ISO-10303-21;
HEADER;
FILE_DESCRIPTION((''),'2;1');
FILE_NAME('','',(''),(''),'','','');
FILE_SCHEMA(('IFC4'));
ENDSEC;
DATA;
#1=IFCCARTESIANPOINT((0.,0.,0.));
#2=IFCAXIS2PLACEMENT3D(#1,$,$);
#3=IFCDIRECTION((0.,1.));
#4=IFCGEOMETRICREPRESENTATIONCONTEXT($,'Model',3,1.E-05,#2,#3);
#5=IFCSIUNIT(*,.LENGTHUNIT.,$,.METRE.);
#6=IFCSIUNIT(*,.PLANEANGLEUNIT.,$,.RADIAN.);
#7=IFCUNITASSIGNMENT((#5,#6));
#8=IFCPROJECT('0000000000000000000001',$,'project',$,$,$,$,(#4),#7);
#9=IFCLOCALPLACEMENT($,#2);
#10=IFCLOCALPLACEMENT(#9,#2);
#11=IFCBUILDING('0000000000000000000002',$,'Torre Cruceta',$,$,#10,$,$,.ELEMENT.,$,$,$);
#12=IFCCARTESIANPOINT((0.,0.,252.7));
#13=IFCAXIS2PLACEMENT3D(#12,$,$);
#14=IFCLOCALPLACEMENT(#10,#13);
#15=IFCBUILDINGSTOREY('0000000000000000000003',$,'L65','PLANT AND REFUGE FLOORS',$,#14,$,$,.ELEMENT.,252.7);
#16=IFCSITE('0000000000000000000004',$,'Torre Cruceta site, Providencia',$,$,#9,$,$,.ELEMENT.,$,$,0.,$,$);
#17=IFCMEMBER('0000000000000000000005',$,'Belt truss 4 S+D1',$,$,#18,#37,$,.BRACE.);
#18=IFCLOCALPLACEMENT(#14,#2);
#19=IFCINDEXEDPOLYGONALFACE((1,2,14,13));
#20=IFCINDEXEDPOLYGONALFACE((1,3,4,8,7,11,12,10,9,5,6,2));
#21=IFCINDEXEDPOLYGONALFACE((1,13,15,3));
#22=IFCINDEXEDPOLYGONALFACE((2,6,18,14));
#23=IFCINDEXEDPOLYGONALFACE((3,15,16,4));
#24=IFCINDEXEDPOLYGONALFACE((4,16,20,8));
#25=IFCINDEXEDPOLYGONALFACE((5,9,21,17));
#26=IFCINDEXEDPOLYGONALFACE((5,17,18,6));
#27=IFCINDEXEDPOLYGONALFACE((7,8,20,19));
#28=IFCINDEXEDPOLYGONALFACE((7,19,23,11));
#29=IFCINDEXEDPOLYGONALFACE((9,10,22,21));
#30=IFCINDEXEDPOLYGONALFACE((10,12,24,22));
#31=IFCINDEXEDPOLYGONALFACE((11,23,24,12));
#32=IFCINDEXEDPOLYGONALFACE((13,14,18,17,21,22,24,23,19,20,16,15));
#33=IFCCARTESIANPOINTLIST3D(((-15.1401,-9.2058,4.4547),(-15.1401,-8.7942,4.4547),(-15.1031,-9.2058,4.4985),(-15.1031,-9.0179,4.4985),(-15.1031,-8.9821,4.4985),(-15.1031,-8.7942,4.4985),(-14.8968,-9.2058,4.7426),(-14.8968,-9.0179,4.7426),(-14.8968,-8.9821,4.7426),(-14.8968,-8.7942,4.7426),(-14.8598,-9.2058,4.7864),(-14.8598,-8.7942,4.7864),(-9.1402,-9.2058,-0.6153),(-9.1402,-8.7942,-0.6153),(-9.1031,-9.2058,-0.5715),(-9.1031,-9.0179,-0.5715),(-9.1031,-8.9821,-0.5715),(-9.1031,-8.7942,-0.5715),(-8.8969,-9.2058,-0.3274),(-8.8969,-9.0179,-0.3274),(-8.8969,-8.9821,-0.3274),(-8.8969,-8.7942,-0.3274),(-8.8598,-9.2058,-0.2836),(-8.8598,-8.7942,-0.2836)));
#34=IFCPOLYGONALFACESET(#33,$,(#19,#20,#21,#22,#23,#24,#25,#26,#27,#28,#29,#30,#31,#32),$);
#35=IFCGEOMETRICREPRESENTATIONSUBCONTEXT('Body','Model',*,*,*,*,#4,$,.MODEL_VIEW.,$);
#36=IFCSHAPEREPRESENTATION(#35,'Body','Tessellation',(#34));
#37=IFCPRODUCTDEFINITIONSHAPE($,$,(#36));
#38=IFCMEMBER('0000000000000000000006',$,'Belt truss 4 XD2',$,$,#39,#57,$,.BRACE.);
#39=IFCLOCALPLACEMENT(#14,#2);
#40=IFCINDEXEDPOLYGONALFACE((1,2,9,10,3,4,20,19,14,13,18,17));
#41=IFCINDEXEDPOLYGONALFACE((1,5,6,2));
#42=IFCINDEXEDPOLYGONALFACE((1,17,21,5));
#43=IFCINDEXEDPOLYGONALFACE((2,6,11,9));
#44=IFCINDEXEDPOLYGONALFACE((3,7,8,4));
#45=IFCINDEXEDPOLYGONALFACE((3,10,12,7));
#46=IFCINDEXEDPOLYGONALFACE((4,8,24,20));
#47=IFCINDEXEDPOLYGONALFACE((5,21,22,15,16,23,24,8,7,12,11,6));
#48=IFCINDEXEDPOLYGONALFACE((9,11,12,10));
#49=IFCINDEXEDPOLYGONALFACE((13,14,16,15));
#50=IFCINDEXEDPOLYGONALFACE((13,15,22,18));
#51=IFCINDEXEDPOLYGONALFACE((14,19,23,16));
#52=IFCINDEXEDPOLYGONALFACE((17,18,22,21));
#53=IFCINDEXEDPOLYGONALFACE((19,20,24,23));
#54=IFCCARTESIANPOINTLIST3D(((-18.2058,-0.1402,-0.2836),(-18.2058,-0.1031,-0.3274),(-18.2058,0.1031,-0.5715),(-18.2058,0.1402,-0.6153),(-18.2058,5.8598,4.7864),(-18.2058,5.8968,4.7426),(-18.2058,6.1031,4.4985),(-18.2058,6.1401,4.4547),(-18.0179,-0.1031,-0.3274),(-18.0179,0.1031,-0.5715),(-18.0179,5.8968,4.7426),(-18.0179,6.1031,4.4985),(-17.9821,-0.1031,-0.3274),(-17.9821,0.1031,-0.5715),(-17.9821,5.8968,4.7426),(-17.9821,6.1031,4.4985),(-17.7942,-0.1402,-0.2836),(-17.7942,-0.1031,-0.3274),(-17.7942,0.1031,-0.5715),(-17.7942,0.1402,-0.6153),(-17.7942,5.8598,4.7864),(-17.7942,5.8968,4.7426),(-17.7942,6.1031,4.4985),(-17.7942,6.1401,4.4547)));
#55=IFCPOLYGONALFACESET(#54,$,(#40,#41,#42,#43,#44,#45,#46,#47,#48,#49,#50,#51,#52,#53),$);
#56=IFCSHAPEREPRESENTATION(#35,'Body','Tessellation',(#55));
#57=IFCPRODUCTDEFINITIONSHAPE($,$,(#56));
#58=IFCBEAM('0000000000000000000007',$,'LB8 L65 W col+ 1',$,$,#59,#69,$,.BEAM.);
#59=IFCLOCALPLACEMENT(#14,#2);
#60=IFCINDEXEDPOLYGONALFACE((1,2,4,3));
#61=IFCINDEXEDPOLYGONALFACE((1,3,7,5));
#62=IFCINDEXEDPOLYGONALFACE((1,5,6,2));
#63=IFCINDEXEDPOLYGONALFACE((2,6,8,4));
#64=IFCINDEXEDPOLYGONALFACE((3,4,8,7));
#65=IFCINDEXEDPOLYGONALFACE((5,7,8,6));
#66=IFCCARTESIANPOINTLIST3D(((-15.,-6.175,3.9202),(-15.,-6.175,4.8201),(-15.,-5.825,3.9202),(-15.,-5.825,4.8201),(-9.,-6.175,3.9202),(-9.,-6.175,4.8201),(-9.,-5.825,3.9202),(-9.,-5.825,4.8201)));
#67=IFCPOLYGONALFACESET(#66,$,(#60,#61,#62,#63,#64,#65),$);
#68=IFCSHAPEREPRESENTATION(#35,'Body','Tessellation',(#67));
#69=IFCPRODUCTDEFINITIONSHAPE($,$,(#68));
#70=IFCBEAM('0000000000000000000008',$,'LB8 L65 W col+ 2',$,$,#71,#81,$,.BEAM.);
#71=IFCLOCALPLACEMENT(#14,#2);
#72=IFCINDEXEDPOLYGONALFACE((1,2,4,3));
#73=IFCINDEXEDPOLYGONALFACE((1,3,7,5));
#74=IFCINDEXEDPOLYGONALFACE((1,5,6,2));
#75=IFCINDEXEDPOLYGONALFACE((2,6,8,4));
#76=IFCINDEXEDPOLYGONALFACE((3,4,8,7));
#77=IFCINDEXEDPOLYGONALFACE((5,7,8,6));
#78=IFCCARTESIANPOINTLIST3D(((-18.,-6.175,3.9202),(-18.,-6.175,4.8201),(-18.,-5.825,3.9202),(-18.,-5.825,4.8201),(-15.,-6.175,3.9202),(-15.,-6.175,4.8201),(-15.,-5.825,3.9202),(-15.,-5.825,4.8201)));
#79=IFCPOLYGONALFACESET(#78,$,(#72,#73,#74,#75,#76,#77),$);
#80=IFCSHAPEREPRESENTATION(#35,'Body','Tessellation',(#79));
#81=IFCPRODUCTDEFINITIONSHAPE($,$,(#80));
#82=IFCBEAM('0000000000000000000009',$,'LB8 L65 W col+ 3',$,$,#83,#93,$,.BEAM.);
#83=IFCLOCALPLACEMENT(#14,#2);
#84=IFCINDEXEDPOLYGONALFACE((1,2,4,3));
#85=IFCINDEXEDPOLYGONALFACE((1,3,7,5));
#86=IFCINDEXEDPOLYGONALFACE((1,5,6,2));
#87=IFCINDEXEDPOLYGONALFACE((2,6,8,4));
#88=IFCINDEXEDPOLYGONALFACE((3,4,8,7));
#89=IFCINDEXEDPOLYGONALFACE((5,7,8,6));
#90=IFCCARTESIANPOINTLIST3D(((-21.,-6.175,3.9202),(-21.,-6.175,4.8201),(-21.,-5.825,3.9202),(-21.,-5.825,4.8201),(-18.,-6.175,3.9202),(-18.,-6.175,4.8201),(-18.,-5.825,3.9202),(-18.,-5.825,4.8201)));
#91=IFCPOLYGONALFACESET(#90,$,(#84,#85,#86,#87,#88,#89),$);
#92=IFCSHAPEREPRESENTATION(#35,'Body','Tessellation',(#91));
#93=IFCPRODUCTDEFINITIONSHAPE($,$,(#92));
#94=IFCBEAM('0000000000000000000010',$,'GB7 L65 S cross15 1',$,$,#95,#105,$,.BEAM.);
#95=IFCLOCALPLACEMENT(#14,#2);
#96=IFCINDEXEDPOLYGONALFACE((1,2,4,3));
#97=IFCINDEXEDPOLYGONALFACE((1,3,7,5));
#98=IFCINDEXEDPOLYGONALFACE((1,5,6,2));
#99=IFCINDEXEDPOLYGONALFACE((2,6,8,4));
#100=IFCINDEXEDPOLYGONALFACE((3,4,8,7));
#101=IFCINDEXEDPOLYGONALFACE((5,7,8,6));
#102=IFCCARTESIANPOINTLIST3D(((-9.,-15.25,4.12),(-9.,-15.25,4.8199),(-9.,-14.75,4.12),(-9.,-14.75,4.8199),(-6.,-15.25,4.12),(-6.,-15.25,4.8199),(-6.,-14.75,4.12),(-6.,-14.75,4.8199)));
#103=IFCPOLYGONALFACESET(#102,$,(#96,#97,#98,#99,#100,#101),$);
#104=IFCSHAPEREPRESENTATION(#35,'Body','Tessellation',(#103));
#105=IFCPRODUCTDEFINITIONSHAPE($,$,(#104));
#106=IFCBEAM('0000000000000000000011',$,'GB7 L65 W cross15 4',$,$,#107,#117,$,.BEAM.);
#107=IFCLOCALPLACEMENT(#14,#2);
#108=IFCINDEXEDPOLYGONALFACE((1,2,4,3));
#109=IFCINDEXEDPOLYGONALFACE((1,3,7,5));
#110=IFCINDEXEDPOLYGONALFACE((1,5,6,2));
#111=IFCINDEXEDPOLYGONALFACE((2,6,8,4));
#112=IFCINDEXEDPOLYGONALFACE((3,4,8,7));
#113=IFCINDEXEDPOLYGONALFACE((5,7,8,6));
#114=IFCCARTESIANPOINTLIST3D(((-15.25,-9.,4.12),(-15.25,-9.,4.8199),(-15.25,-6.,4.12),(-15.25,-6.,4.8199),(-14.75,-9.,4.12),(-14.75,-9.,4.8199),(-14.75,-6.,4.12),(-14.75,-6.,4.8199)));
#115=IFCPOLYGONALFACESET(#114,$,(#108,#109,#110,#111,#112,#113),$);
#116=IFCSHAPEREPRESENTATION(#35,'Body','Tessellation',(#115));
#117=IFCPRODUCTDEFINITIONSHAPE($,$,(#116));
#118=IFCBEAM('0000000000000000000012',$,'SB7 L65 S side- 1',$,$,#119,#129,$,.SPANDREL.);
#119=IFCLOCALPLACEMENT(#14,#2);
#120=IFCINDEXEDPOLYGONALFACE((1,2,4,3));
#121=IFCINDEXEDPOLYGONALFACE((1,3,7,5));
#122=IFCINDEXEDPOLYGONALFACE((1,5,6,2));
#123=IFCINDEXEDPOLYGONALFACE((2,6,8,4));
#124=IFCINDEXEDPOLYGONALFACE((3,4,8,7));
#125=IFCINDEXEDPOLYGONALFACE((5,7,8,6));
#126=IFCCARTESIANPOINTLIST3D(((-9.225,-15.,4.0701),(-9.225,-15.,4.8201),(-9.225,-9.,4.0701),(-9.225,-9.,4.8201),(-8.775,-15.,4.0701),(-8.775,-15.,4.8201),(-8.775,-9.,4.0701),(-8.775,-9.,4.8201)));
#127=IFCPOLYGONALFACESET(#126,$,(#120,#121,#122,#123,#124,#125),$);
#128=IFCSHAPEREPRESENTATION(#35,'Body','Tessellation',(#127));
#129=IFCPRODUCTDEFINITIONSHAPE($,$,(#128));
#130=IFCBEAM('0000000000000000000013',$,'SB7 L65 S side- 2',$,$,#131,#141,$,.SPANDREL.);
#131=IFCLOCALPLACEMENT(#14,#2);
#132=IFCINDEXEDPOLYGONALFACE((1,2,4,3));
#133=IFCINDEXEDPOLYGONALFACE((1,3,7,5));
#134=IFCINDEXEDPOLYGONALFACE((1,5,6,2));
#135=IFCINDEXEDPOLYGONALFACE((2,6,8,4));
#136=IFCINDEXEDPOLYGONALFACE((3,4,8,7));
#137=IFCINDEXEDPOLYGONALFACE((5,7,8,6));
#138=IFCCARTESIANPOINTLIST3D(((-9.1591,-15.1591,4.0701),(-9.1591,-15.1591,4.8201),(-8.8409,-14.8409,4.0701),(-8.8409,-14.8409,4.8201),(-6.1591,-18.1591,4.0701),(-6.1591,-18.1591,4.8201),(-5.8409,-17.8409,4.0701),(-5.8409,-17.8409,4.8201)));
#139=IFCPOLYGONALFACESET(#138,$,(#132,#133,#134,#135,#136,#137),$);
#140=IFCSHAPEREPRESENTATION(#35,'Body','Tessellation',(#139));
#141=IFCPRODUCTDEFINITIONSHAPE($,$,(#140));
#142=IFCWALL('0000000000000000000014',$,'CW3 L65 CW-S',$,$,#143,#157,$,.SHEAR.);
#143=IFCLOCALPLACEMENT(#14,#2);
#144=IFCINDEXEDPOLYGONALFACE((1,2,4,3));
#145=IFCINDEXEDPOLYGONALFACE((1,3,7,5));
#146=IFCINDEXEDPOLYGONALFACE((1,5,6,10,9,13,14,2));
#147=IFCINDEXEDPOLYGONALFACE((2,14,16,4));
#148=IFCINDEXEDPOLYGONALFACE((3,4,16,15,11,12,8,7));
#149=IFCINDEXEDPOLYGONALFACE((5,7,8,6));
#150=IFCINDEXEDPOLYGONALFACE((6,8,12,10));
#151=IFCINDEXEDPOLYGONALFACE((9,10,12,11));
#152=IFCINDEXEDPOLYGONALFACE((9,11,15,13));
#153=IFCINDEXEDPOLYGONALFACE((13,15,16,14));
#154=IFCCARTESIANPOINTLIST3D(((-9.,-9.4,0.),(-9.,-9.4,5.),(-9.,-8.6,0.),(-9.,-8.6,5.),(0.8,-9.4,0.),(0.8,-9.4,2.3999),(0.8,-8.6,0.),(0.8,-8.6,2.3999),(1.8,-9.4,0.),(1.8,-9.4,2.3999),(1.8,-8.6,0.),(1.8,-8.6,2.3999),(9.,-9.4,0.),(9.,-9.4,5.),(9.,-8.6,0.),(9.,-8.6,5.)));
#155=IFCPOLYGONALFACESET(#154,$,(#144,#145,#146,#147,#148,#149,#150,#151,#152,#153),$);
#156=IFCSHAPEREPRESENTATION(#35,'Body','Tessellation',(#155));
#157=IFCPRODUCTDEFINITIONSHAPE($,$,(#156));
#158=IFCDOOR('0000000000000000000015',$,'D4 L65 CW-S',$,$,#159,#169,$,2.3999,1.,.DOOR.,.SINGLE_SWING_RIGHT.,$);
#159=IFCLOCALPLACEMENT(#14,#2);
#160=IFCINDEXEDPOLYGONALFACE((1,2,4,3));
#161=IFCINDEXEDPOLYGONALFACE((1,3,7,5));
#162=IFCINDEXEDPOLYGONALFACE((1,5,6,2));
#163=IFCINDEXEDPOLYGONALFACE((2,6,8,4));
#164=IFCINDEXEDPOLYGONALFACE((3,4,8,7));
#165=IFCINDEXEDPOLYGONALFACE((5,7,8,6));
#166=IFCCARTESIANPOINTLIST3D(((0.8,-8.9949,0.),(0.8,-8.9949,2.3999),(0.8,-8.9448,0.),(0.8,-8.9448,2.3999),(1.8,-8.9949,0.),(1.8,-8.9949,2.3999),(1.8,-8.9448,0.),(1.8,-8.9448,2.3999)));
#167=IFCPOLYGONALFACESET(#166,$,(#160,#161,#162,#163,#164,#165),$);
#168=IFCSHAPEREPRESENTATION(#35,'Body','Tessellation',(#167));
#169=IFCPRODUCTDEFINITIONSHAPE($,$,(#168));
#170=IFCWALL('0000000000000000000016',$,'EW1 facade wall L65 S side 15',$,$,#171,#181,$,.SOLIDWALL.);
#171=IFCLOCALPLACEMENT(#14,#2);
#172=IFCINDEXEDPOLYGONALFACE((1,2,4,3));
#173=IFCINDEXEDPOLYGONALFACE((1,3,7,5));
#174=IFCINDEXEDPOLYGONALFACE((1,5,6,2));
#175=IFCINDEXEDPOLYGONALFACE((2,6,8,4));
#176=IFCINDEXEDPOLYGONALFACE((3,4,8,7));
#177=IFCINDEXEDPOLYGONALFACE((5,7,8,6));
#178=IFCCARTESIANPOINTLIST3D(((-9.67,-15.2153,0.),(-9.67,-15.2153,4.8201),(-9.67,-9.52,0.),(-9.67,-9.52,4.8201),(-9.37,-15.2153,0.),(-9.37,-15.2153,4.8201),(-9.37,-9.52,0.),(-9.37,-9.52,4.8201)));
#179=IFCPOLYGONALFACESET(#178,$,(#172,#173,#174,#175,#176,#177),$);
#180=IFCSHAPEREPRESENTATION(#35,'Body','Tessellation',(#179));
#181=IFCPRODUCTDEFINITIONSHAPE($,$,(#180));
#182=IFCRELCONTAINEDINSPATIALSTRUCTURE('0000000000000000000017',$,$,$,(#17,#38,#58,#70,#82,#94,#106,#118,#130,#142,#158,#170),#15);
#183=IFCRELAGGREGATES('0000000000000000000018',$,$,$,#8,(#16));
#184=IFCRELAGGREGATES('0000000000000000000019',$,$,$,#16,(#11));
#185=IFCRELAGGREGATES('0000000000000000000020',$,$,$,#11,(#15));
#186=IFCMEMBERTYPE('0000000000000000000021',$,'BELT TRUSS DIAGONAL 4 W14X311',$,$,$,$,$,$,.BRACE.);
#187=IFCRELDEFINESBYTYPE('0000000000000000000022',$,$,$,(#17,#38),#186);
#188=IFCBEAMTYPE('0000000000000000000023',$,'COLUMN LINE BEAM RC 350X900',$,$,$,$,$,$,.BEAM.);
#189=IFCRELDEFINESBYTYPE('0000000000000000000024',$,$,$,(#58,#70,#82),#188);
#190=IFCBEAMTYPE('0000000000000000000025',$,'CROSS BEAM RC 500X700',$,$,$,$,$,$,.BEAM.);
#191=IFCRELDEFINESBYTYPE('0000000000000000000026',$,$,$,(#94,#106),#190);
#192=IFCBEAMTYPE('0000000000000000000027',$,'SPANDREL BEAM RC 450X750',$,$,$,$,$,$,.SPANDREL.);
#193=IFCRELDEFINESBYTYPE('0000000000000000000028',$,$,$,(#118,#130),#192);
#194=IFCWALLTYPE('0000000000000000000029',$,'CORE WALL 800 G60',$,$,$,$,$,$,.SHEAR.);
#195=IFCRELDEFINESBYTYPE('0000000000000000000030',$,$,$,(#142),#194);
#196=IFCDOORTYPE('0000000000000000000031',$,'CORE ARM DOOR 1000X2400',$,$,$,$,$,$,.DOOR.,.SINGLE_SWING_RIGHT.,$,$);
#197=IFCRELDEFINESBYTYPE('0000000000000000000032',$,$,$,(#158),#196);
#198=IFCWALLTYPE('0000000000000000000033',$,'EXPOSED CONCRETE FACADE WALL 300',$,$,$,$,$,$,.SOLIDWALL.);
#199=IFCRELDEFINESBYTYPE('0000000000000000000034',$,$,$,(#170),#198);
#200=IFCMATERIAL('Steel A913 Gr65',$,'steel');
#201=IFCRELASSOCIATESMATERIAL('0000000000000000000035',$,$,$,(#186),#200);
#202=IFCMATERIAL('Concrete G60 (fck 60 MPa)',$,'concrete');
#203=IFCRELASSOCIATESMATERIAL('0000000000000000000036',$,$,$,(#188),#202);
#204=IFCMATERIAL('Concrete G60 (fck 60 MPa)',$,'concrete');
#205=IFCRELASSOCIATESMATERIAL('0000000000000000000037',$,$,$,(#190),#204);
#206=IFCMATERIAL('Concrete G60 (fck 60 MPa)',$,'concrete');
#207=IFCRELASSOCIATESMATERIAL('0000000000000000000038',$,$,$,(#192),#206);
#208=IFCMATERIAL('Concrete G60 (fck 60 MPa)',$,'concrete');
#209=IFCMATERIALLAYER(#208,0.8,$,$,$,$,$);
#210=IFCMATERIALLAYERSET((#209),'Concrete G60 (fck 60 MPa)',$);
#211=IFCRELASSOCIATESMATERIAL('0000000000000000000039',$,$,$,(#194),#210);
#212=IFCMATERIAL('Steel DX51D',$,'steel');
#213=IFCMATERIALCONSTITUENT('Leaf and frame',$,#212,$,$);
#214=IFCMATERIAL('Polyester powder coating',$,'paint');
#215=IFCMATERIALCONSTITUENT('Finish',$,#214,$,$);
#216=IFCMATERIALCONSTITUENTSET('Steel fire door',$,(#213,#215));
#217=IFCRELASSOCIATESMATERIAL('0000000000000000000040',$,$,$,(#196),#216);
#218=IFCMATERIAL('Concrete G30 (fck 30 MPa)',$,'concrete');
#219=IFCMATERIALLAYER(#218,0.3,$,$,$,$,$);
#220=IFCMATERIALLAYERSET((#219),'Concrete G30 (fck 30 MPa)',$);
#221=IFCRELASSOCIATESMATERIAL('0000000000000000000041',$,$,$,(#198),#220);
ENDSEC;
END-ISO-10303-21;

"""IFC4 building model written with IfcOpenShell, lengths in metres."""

from ifc_helpers import new_model, si_unit, direction, frame, frame_2d, origin, origin_2d, place, context, subcontext, project, spatial, rectangle, i_section, extrude, material, layer, layer_set, constituent, constituent_set, material_profile, profile_set, type_object, element, fill, save


model = new_model("IFC4")

# Units and contexts
model_context = context("Model", 3, precision=1e-05, world=origin(), true_north=direction((0.0, 1.0)))
body_context = subcontext(model_context, "Body", "Model", "MODEL_VIEW")
ifc_project = project(units=[si_unit("LENGTHUNIT", "METRE"), si_unit("PLANEANGLEUNIT", "RADIAN")], contexts=[model_context])

# Site, building, storey
site_placement = place(None, origin())
site = spatial("IfcSite", under=ifc_project, at=site_placement, Name="Torre Cruceta site, Providencia", CompositionType="ELEMENT", RefElevation=0.0)
building_placement = place(site_placement, origin())
building = spatial("IfcBuilding", under=site, at=building_placement, Name="Torre Cruceta", CompositionType="ELEMENT")
storey_placement = place(building_placement, frame((0.0, 0.0, 252.7)))
storey = spatial("IfcBuildingStorey", under=building, at=storey_placement, Name="L65", Description="PLANT AND REFUGE FLOORS", CompositionType="ELEMENT", Elevation=252.7)

# Members
ifc_material_1 = material(Name="Steel A913 Gr65", Category="steel")
ifc_material_profile_1 = material_profile(ifc_material_1, i_section(OverallWidth=0.4116, OverallDepth=0.4343, WebThickness=0.0359, FlangeThickness=0.0574, at=origin_2d()), Name="W14X311")
ifc_profile_set_1 = profile_set([ifc_material_profile_1], Name="Steel A913 Gr65")
member_type_1 = type_object("IfcMemberType", Name="BELT TRUSS DIAGONAL 4 W14X311", PredefinedType="BRACE", material=ifc_profile_set_1)
for number, where, z_axis, x_axis, name in (
    (1, (-9.0, -9.0, -0.4495), (-0.763816, 0.0, 0.645434), (0.0, -1.0, 0.0), "Belt truss 4 S+D1"),
    (2, (-18.0, 0.0, -0.4495), (0.0, 0.763816, 0.645434), (-1.0, 0.0, 0.0), "Belt truss 4 XD2"),
):
    element("IfcMember", number, at=place(storey_placement, frame(where, z_axis=z_axis, x_axis=x_axis)), inside=storey, type_object=member_type_1, Name=name, PredefinedType="BRACE", context=body_context, shape_type="SweptSolid", body=[
        extrude(i_section(OverallWidth=0.4116, OverallDepth=0.4343, WebThickness=0.0359, FlangeThickness=0.0574, at=origin_2d()), origin(), (0.0, 0.0, 1.0), 7.8552),
    ])

# Beams
ifc_material_2 = material(Name="Concrete G60 (fck 60 MPa)", Category="concrete")
ifc_material_profile_2 = material_profile(ifc_material_2, rectangle(XDim=0.3501, YDim=0.8999, at=origin_2d()), Name="RC 350X900")
ifc_profile_set_2 = profile_set([ifc_material_profile_2], Name="Concrete G60 (fck 60 MPa)")
beam_type_1 = type_object("IfcBeamType", Name="COLUMN LINE BEAM RC 350X900", PredefinedType="BEAM", material=ifc_profile_set_2)
beam_1_placement = place(storey_placement, frame((-9.0, -6.0, 4.3701), z_axis=(-1.0, 0.0, 0.0), x_axis=(0.0, -1.0, 0.0)))
element("IfcBeam", 3, at=beam_1_placement, inside=storey, type_object=beam_type_1, Name="LB8 L65 W col+ 1", PredefinedType="BEAM", context=body_context, shape_type="SweptSolid", body=[
    extrude(rectangle(XDim=0.3501, YDim=0.8999, at=origin_2d()), origin(), (0.0, 0.0, 1.0), 6.0),
])
for number, where, z_axis, x_axis, name in (
    (4, (-15.0, -6.0, 4.3701), (-1.0, 0.0, 0.0), (0.0, -1.0, 0.0), "LB8 L65 W col+ 2"),
    (5, (-18.0, -6.0, 4.3701), (-1.0, 0.0, 0.0), (0.0, -1.0, 0.0), "LB8 L65 W col+ 3"),
):
    element("IfcBeam", number, at=place(storey_placement, frame(where, z_axis=z_axis, x_axis=x_axis)), inside=storey, type_object=beam_type_1, Name=name, PredefinedType="BEAM", context=body_context, shape_type="SweptSolid", body=[
        extrude(rectangle(XDim=0.3501, YDim=0.8999, at=origin_2d()), origin(), (0.0, 0.0, 1.0), 3.0),
    ])
ifc_material_3 = material(Name="Concrete G60 (fck 60 MPa)", Category="concrete")
ifc_material_profile_3 = material_profile(ifc_material_3, rectangle(XDim=0.5, YDim=0.7, at=origin_2d()), Name="RC 500X700")
ifc_profile_set_3 = profile_set([ifc_material_profile_3], Name="Concrete G60 (fck 60 MPa)")
beam_type_2 = type_object("IfcBeamType", Name="CROSS BEAM RC 500X700", PredefinedType="BEAM", material=ifc_profile_set_3)
for number, where, z_axis, x_axis, name in (
    (6, (-9.0, -15.0, 4.47), (1.0, 0.0, 0.0), (0.0, 1.0, 0.0), "GB7 L65 S cross15 1"),
    (7, (-15.0, -6.0, 4.47), (0.0, -1.0, 0.0), (1.0, 0.0, 0.0), "GB7 L65 W cross15 4"),
):
    element("IfcBeam", number, at=place(storey_placement, frame(where, z_axis=z_axis, x_axis=x_axis)), inside=storey, type_object=beam_type_2, Name=name, PredefinedType="BEAM", context=body_context, shape_type="SweptSolid", body=[
        extrude(rectangle(XDim=0.5, YDim=0.7, at=origin_2d()), origin(), (0.0, 0.0, 1.0), 3.0),
    ])
ifc_material_4 = material(Name="Concrete G60 (fck 60 MPa)", Category="concrete")
ifc_material_profile_4 = material_profile(ifc_material_4, rectangle(XDim=0.45, YDim=0.75, at=origin_2d()), Name="RC 450X750")
ifc_profile_set_4 = profile_set([ifc_material_profile_4], Name="Concrete G60 (fck 60 MPa)")
beam_type_3 = type_object("IfcBeamType", Name="SPANDREL BEAM RC 450X750", PredefinedType="SPANDREL", material=ifc_profile_set_4)
beam_2_placement = place(storey_placement, frame((-9.0, -9.0, 4.4451), z_axis=(0.0, -1.0, 0.0), x_axis=(1.0, 0.0, 0.0)))
element("IfcBeam", 8, at=beam_2_placement, inside=storey, type_object=beam_type_3, Name="SB7 L65 S side- 1", PredefinedType="SPANDREL", context=body_context, shape_type="SweptSolid", body=[
    extrude(rectangle(XDim=0.45, YDim=0.75, at=origin_2d()), origin(), (0.0, 0.0, 1.0), 6.0),
])
beam_3_placement = place(storey_placement, frame((-9.0, -15.0, 4.4451), z_axis=(0.707107, -0.707107, 0.0), x_axis=(0.707107, 0.707107, 0.0)))
element("IfcBeam", 9, at=beam_3_placement, inside=storey, type_object=beam_type_3, Name="SB7 L65 S side- 2", PredefinedType="SPANDREL", context=body_context, shape_type="SweptSolid", body=[
    extrude(rectangle(XDim=0.45, YDim=0.75, at=origin_2d()), origin(), (0.0, 0.0, 1.0), 4.2427),
])

# Wall, opening, door
ifc_material_5 = material(Name="Concrete G60 (fck 60 MPa)", Category="concrete")
ifc_layer_1 = layer(ifc_material_5, 0.8)
ifc_layer_set_1 = layer_set([ifc_layer_1], Name="Concrete G60 (fck 60 MPa)")
wall_type_1 = type_object("IfcWallType", Name="CORE WALL 800 G60", PredefinedType="SHEAR", material=ifc_layer_set_1)
wall_1_placement = place(storey_placement, frame((-9.0, -9.0, 0.0), z_axis=(0.0, 0.0, 1.0), x_axis=(1.0, 0.0, 0.0)))
wall_1 = element("IfcWall", 10, at=wall_1_placement, inside=storey, type_object=wall_type_1, Name="CW3 L65 CW-S", PredefinedType="SHEAR", context=body_context, shape_type="SweptSolid", body=[
    extrude(rectangle(XDim=18.0, YDim=0.8, at=frame_2d((9.0, 0.0))), origin(), (0.0, 0.0, 1.0), 5.0),
])
opening_placement = place(wall_1_placement, frame((9.8, 0.0, 0.0)))
opening = element("IfcOpeningElement", 11, at=opening_placement, cuts=wall_1, PredefinedType="OPENING", context=body_context, shape_type="SweptSolid", body=[
    extrude(rectangle(XDim=1.0, YDim=2.3999, at=frame_2d((0.5, 1.2))), frame((0.0, 0.4099, 0.0), z_axis=(0.0, -1.0, 0.0), x_axis=(1.0, 0.0, 0.0)), (0.0, 0.0, 1.0), 0.8201),
])
ifc_material_6 = material(Name="Steel DX51D", Category="steel")
ifc_constituent_1 = constituent(ifc_material_6, Name="Leaf and frame")
ifc_material_7 = material(Name="Polyester powder coating", Category="paint")
ifc_constituent_2 = constituent(ifc_material_7, Name="Finish")
ifc_constituent_set = constituent_set(constituents=[ifc_constituent_1, ifc_constituent_2], Name="Steel fire door")
door_type = type_object("IfcDoorType", Name="CORE ARM DOOR 1000X2400", OperationType="SINGLE_SWING_RIGHT", PredefinedType="DOOR", material=ifc_constituent_set)
door_placement = place(opening_placement, frame((1.0, 0.0, 0.0), z_axis=(0.0, 0.0, 1.0), x_axis=(-1.0, 0.0, 0.0)))
door = element("IfcDoor", 12, at=door_placement, inside=storey, type_object=door_type, Name="D4 L65 CW-S", OperationType="SINGLE_SWING_RIGHT", OverallHeight=2.3999, OverallWidth=1.0, PredefinedType="DOOR", context=body_context, shape_type="SweptSolid", body=[
    extrude(rectangle(XDim=1.0, YDim=2.3999, at=frame_2d((0.5, 1.2))), frame((0.0, -0.0051, 0.0), z_axis=(0.0, -1.0, 0.0), x_axis=(1.0, 0.0, 0.0)), (0.0, 0.0, 1.0), 0.05),
])
fill(opening, door)

# Wall
ifc_material_8 = material(Name="Concrete G30 (fck 30 MPa)", Category="concrete")
ifc_layer_2 = layer(ifc_material_8, 0.3)
ifc_layer_set_2 = layer_set([ifc_layer_2], Name="Concrete G30 (fck 30 MPa)")
wall_type_2 = type_object("IfcWallType", Name="EXPOSED CONCRETE FACADE WALL 300", PredefinedType="SOLIDWALL", material=ifc_layer_set_2)
wall_2_placement = place(storey_placement, frame((-9.52, -9.52, 0.0), z_axis=(0.0, 0.0, 1.0), x_axis=(0.0, -1.0, 0.0)))
element("IfcWall", 13, at=wall_2_placement, inside=storey, type_object=wall_type_2, Name="EW1 facade wall L65 S side 15", PredefinedType="SOLIDWALL", context=body_context, shape_type="SweptSolid", body=[
    extrude(rectangle(XDim=5.6953, YDim=0.3, at=frame_2d((2.8477, 0.0))), origin(), (0.0, 0.0, 1.0), 4.8201),
])

save(model, "model.ifc")
